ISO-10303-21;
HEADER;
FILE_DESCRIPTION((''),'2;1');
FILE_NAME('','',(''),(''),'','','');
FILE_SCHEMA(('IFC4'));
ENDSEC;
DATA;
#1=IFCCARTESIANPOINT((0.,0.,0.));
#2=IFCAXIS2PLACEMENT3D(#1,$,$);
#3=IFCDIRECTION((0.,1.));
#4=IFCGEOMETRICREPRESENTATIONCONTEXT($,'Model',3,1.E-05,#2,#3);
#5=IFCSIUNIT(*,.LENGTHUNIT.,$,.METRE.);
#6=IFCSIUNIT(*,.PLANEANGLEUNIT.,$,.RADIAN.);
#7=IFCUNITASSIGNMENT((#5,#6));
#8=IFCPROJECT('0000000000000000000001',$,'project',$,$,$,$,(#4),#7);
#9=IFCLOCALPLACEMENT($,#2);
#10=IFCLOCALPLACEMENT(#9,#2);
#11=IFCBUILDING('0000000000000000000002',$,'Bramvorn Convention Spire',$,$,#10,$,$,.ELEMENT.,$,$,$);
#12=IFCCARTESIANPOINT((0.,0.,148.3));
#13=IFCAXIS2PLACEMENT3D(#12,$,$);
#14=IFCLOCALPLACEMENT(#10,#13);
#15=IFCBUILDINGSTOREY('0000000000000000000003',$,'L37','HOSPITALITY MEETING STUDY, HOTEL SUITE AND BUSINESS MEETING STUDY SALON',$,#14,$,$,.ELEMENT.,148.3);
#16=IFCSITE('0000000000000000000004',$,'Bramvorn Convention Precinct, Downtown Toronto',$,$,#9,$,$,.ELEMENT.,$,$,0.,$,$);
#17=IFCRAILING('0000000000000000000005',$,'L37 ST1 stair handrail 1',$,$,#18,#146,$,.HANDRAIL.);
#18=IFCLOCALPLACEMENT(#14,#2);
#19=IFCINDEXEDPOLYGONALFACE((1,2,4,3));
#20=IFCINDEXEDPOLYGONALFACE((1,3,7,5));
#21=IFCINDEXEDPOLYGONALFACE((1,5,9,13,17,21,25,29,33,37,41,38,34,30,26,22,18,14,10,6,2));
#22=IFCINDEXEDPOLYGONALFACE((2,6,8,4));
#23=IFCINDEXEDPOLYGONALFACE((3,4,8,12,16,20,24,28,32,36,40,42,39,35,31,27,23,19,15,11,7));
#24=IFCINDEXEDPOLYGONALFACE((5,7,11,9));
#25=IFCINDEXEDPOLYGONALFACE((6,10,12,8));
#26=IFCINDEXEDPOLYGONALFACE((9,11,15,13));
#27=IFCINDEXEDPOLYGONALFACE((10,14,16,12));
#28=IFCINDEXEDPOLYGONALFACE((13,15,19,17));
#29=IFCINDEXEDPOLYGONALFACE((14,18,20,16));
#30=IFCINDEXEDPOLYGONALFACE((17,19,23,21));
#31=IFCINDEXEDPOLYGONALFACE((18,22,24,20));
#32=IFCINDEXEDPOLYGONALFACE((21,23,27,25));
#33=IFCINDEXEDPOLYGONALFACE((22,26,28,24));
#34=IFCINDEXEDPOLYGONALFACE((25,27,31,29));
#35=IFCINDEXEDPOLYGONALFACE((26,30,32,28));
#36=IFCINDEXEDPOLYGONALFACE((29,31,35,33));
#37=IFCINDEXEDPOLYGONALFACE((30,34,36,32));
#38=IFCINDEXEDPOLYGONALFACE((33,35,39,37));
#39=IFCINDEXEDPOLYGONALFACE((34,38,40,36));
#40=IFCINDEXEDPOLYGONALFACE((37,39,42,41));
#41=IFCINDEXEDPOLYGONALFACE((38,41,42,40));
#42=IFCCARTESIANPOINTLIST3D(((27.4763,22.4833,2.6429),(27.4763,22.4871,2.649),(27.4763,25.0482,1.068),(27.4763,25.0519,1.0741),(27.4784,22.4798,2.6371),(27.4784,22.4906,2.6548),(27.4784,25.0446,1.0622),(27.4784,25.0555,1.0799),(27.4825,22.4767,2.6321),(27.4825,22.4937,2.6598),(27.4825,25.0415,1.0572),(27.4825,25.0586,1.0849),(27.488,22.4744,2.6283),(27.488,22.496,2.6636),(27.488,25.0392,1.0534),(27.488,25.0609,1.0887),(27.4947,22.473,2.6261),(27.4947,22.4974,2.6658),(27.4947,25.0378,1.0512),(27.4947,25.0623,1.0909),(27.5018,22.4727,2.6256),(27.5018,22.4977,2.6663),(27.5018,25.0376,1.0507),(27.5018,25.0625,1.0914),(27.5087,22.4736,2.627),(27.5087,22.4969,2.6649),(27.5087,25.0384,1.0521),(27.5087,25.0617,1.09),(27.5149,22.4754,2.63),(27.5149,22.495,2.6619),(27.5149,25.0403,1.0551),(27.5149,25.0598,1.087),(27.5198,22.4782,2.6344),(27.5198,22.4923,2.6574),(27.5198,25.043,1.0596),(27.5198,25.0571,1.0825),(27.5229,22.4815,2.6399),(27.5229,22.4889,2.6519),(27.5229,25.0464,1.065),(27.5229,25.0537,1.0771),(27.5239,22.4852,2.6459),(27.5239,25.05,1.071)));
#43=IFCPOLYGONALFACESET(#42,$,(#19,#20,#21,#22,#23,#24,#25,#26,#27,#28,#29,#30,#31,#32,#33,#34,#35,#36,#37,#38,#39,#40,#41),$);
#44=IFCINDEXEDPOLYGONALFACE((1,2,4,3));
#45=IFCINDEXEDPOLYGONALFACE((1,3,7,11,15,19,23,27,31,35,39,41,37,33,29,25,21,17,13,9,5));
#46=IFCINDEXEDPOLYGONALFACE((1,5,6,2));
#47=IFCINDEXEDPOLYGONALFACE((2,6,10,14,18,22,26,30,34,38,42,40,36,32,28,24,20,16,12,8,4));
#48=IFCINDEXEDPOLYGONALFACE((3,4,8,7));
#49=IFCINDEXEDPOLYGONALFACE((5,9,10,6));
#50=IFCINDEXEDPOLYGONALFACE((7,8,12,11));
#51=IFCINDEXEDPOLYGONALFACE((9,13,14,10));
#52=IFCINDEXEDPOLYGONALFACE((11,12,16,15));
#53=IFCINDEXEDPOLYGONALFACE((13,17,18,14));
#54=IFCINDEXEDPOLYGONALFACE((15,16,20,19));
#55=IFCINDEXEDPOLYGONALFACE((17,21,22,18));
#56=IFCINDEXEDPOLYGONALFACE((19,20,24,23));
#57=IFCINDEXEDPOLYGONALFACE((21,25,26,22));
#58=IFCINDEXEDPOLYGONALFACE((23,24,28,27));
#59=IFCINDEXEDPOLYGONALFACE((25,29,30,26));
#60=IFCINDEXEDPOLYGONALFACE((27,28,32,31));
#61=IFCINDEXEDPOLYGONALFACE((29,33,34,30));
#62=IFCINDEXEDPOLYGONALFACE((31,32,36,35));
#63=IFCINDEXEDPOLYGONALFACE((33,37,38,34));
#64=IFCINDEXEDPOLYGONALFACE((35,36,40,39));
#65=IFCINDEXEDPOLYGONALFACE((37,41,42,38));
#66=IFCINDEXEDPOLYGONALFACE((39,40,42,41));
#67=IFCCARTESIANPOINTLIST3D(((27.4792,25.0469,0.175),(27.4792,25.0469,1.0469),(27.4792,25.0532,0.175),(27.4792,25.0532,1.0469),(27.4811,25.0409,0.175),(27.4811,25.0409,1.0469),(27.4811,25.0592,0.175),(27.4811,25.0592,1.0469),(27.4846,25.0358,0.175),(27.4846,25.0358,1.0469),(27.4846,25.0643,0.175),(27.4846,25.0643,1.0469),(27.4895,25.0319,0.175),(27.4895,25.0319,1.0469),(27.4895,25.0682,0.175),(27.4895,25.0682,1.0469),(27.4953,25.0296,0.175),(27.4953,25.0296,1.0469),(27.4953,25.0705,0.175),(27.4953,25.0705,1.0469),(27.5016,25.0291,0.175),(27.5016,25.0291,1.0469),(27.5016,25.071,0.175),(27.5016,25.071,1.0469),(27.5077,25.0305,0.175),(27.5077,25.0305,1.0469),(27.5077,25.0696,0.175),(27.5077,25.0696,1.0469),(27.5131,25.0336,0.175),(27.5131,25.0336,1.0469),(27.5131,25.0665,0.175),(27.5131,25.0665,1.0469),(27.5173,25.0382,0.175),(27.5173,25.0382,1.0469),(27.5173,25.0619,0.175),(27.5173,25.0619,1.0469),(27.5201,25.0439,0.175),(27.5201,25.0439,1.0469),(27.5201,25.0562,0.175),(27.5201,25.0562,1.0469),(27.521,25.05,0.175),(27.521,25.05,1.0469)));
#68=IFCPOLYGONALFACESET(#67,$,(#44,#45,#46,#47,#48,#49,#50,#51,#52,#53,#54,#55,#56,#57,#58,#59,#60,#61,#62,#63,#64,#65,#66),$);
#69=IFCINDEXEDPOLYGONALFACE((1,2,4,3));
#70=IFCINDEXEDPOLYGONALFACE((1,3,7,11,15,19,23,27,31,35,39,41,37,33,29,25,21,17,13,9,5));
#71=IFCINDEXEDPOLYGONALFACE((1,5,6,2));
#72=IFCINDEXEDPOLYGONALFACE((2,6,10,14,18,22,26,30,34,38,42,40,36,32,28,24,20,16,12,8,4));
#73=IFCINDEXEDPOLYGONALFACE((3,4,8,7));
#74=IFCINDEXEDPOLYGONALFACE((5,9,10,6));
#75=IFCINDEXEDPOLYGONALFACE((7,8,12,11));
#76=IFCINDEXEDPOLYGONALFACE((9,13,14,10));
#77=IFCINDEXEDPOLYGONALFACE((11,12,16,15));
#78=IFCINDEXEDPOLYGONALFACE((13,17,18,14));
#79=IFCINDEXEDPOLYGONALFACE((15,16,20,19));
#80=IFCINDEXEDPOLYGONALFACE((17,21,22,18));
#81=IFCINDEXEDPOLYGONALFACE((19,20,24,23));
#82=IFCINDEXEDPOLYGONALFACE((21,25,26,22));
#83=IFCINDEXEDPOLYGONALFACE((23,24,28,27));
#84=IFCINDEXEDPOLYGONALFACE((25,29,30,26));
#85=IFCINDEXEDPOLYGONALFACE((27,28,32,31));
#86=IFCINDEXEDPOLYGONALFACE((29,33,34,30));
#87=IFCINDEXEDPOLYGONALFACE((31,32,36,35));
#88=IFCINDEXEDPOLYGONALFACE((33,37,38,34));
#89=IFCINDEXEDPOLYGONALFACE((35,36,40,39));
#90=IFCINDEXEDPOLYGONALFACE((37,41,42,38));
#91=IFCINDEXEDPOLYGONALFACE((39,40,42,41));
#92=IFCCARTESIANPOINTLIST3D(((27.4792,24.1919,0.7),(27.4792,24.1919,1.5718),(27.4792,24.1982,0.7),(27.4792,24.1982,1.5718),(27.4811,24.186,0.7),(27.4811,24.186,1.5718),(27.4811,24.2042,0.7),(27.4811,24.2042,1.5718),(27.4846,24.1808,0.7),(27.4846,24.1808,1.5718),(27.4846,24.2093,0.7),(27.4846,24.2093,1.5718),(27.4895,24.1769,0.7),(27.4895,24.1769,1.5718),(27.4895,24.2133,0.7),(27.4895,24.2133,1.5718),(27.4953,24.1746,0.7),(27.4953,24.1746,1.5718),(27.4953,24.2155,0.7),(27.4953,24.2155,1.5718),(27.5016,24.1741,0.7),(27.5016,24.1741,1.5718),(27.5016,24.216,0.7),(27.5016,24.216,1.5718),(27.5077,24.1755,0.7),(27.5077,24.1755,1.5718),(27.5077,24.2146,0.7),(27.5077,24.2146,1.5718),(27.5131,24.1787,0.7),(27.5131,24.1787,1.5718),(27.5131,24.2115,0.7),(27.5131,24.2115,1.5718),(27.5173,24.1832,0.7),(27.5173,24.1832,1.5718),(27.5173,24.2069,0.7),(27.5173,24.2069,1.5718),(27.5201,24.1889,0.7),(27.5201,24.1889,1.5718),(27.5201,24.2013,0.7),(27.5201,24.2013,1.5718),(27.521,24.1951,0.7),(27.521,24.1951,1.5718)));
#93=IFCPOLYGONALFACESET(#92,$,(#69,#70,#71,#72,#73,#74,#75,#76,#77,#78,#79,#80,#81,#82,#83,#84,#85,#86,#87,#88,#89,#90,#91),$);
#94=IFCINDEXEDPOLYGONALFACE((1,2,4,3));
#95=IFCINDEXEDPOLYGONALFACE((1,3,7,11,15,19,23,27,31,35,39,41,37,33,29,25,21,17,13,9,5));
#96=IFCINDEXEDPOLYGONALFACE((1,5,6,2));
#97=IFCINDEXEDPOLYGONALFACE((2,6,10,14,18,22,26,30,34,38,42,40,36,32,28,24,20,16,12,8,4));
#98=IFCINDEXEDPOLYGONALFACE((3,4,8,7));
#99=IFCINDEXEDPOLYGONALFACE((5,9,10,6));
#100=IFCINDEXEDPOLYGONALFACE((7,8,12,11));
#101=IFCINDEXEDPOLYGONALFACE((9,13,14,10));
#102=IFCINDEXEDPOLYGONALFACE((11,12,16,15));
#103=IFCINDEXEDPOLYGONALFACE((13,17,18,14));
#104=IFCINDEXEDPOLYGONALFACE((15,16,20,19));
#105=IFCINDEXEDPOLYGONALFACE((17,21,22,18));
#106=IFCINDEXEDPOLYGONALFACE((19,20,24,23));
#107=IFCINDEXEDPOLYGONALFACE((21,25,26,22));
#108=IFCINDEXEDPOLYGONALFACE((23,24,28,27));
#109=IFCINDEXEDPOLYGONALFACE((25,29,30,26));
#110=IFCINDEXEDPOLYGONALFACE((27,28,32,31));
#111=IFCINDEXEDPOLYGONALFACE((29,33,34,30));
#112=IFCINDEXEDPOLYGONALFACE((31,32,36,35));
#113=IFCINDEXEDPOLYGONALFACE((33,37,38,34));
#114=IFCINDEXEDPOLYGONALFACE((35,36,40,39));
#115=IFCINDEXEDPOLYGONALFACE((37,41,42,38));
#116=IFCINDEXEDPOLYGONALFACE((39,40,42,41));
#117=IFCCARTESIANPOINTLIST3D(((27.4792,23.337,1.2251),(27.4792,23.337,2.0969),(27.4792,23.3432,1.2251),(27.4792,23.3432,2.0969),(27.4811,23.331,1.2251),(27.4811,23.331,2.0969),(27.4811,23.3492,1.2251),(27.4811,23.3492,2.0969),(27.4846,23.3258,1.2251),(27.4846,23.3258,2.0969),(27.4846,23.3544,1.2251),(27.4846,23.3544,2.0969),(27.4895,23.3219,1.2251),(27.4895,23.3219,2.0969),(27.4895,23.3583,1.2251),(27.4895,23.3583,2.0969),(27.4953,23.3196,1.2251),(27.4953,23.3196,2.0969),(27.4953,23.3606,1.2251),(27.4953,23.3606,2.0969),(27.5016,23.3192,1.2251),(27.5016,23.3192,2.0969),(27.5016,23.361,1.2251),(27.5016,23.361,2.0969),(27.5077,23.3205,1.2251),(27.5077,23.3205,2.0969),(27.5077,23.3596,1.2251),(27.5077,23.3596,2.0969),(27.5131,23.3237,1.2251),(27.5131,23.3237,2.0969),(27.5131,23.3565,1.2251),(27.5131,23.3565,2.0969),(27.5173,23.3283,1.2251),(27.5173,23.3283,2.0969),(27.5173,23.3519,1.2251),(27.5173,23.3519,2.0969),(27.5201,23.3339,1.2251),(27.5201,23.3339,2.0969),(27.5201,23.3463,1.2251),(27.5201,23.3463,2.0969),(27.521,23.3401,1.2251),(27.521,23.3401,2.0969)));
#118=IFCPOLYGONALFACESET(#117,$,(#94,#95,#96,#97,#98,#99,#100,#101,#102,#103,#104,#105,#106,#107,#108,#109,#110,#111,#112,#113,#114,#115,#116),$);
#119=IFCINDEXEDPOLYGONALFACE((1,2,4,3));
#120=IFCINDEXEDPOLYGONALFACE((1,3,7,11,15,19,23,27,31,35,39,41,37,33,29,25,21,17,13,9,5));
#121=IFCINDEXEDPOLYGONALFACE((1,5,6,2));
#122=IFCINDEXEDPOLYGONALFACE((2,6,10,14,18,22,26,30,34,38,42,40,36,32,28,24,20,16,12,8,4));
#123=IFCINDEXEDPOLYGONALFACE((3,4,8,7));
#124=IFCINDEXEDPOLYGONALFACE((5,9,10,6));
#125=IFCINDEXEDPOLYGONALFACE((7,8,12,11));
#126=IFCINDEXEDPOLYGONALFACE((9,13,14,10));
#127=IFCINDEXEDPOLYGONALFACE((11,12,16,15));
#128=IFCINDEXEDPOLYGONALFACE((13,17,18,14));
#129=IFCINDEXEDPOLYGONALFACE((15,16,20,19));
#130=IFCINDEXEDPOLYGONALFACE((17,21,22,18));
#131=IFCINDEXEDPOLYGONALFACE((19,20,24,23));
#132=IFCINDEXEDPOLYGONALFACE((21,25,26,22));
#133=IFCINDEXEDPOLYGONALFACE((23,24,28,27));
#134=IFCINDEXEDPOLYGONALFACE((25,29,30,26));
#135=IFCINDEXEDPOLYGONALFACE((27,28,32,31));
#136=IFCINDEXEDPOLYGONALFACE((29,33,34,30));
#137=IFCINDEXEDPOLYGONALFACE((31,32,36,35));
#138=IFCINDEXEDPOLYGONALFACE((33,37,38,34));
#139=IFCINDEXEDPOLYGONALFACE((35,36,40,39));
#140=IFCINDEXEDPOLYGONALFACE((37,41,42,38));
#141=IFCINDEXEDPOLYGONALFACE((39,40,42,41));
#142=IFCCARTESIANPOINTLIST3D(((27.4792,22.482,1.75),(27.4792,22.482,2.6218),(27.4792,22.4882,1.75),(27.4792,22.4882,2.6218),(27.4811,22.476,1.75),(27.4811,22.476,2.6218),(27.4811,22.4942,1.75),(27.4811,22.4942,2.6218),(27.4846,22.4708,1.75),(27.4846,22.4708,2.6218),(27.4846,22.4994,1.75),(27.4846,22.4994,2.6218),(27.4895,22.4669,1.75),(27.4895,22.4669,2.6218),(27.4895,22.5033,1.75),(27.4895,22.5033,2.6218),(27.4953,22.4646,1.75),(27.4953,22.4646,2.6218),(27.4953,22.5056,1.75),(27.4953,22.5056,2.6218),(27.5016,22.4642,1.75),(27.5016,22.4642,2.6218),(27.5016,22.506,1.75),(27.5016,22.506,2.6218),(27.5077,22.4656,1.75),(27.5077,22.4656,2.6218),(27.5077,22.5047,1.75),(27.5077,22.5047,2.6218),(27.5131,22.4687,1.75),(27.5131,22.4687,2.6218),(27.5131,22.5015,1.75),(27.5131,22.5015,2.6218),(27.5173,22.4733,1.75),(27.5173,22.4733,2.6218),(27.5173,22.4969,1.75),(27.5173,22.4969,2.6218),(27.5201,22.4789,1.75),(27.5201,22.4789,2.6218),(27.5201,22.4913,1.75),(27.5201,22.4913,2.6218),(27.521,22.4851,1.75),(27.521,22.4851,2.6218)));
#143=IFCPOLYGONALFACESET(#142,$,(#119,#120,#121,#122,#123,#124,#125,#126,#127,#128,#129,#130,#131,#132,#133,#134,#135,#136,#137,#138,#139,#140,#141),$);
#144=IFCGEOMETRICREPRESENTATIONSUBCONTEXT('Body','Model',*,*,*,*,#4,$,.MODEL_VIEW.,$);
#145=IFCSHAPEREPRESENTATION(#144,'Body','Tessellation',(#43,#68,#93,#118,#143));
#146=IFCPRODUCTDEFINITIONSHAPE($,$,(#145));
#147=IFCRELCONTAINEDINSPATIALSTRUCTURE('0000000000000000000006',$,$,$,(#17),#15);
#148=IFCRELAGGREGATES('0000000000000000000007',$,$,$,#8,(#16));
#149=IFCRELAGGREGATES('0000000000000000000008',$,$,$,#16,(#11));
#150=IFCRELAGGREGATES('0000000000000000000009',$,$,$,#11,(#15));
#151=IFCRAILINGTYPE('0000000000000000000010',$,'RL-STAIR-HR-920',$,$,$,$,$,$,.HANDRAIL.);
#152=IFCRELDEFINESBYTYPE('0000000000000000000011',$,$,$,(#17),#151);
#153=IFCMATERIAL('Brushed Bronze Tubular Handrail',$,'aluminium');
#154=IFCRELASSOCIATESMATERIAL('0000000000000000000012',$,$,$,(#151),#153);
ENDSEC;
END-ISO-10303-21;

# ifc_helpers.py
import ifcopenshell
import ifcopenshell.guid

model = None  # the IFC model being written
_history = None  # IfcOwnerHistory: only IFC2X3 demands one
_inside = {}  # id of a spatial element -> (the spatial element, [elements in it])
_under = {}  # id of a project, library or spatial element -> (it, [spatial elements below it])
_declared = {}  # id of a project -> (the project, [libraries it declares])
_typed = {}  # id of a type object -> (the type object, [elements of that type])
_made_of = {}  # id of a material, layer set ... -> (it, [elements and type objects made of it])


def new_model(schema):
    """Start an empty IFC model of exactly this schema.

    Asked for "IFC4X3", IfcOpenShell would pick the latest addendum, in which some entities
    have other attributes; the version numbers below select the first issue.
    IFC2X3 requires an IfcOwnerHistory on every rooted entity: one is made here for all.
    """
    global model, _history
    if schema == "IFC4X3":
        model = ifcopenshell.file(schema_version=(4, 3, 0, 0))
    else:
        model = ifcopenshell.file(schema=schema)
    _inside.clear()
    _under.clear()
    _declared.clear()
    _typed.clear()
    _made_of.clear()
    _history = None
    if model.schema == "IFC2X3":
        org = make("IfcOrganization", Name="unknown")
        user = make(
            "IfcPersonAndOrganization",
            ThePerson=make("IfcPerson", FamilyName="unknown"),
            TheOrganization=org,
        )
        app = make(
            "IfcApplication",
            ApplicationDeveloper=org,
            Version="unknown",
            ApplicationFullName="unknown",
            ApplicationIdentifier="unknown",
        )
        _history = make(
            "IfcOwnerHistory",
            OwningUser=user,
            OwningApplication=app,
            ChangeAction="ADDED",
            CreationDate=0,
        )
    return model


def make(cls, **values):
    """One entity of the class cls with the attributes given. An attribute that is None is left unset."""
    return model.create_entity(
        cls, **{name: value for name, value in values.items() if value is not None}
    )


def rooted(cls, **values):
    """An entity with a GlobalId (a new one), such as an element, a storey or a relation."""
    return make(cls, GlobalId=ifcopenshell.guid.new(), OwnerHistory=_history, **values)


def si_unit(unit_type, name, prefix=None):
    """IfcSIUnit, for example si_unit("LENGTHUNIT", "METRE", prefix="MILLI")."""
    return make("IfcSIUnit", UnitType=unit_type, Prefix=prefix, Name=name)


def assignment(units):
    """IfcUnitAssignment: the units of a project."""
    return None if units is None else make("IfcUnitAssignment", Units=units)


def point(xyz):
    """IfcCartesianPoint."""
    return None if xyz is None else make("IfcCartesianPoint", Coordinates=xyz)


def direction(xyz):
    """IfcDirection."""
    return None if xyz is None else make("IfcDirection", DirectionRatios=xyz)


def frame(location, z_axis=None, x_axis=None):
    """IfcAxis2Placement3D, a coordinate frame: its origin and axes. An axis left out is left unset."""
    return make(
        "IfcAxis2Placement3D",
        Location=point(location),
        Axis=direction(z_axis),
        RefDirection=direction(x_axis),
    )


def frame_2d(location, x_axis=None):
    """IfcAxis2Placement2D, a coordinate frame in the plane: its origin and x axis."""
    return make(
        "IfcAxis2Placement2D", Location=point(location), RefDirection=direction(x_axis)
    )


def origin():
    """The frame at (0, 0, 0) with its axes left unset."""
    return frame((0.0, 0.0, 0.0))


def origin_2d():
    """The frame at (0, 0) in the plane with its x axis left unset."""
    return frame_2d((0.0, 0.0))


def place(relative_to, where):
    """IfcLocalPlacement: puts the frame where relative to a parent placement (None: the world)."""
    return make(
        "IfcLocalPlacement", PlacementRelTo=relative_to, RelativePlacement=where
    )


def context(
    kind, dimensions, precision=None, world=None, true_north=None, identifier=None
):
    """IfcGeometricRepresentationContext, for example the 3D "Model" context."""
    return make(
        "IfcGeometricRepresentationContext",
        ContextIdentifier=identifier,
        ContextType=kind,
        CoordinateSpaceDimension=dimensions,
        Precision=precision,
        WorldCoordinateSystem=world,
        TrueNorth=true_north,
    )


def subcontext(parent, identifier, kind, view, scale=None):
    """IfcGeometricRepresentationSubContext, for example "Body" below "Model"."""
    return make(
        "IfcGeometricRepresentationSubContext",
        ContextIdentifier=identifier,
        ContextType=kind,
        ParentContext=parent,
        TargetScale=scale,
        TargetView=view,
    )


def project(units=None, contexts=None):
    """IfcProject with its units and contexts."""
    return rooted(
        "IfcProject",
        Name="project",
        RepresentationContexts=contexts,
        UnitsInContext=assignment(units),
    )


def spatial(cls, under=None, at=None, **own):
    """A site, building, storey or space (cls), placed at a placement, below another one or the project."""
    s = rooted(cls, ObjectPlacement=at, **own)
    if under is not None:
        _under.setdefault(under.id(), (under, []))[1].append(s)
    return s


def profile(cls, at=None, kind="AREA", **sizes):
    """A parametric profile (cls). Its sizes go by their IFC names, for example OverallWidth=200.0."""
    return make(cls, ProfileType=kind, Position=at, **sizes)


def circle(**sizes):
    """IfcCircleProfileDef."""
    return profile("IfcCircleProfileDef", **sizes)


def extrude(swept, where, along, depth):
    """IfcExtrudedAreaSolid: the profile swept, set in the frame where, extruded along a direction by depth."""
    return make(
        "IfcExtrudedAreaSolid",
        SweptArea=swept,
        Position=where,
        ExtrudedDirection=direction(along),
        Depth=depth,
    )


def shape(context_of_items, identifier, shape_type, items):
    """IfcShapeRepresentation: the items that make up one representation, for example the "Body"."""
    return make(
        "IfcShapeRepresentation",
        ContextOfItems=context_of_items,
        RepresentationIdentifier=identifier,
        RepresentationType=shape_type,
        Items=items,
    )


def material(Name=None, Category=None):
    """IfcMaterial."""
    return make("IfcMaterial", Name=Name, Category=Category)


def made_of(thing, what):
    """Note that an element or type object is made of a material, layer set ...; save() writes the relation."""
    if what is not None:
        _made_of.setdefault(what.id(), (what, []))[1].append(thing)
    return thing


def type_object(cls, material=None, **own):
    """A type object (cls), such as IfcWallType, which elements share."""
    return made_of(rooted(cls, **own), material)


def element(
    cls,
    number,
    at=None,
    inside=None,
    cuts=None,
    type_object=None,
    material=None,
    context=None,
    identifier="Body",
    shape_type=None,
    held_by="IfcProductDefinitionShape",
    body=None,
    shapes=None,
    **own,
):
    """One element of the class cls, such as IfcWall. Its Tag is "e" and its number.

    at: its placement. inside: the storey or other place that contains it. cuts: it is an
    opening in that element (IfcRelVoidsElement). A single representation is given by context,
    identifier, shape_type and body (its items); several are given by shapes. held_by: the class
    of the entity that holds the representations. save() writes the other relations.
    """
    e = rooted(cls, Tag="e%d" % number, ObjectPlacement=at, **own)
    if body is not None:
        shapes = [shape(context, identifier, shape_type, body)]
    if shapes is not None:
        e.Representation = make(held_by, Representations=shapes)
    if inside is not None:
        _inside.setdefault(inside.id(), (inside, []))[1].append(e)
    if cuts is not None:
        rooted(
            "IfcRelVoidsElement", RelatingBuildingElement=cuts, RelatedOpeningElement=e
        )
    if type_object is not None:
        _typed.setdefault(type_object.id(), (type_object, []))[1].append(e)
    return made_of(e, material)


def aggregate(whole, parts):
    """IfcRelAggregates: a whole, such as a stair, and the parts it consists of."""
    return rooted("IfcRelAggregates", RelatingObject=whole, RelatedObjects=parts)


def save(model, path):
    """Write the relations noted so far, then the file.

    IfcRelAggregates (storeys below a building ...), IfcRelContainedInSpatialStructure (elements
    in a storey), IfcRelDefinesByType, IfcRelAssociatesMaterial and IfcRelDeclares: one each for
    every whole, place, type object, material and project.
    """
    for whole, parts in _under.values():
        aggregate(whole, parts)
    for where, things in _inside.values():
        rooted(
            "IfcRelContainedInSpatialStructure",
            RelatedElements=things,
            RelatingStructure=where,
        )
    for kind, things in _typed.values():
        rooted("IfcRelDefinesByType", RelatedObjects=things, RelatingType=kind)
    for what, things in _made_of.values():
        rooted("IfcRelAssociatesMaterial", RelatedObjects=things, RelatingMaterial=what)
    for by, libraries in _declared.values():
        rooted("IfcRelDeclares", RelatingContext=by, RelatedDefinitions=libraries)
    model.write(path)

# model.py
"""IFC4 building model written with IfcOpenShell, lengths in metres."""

from ifc_helpers import new_model, si_unit, direction, frame, origin, origin_2d, place, context, subcontext, project, spatial, circle, extrude, material, type_object, element, save


model = new_model("IFC4")

# Units and contexts
model_context = context("Model", 3, precision=1e-05, world=origin(), true_north=direction((0.0, 1.0)))
body_context = subcontext(model_context, "Body", "Model", "MODEL_VIEW")
ifc_project = project(units=[si_unit("LENGTHUNIT", "METRE"), si_unit("PLANEANGLEUNIT", "RADIAN")], contexts=[model_context])

# Site, building, storey
site_placement = place(None, origin())
site = spatial("IfcSite", under=ifc_project, at=site_placement, Name="Bramvorn Convention Precinct, Downtown Toronto", CompositionType="ELEMENT", RefElevation=0.0)
building_placement = place(site_placement, origin())
building = spatial("IfcBuilding", under=site, at=building_placement, Name="Bramvorn Convention Spire", CompositionType="ELEMENT")
storey_placement = place(building_placement, frame((0.0, 0.0, 148.3)))
storey = spatial("IfcBuildingStorey", under=building, at=storey_placement, Name="L37", Description="HOSPITALITY MEETING STUDY, HOTEL SUITE AND BUSINESS MEETING STUDY SALON", CompositionType="ELEMENT", Elevation=148.3)

# Railing
ifc_material_1 = material(Name="Brushed Bronze Tubular Handrail", Category="aluminium")
railing_type_1 = type_object("IfcRailingType", Name="RL-STAIR-HR-920", PredefinedType="HANDRAIL", material=ifc_material_1)
for number, where, name in (
    (1, (27.5, 25.05, 0.175), "L37 ST1 stair handrail 1"),
):
    element("IfcRailing", number, at=place(storey_placement, frame(where)), inside=storey, type_object=railing_type_1, Name=name, PredefinedType="HANDRAIL", context=body_context, shape_type="SweptSolid", body=[
        extrude(circle(Radius=0.0239, at=origin_2d()), frame((0.0, 0.0, 0.896), z_axis=(0.0, -0.852173, 0.52326), x_axis=(1.0, 0.0, 0.0)), (0.0, 0.0, 1.0), 3.0098),
        extrude(circle(Radius=0.021, at=origin_2d()), origin(), (0.0, 0.0, 1.0), 0.8718),
        extrude(circle(Radius=0.021, at=origin_2d()), frame((0.0, -0.855, 0.5249)), (0.0, 0.0, 1.0), 0.8718),
        extrude(circle(Radius=0.021, at=origin_2d()), frame((0.0, -1.71, 1.05)), (0.0, 0.0, 1.0), 0.8718),
        extrude(circle(Radius=0.021, at=origin_2d()), frame((0.0, -2.5649, 1.575)), (0.0, 0.0, 1.0), 0.8718),
    ])

save(model, "model.ifc")
